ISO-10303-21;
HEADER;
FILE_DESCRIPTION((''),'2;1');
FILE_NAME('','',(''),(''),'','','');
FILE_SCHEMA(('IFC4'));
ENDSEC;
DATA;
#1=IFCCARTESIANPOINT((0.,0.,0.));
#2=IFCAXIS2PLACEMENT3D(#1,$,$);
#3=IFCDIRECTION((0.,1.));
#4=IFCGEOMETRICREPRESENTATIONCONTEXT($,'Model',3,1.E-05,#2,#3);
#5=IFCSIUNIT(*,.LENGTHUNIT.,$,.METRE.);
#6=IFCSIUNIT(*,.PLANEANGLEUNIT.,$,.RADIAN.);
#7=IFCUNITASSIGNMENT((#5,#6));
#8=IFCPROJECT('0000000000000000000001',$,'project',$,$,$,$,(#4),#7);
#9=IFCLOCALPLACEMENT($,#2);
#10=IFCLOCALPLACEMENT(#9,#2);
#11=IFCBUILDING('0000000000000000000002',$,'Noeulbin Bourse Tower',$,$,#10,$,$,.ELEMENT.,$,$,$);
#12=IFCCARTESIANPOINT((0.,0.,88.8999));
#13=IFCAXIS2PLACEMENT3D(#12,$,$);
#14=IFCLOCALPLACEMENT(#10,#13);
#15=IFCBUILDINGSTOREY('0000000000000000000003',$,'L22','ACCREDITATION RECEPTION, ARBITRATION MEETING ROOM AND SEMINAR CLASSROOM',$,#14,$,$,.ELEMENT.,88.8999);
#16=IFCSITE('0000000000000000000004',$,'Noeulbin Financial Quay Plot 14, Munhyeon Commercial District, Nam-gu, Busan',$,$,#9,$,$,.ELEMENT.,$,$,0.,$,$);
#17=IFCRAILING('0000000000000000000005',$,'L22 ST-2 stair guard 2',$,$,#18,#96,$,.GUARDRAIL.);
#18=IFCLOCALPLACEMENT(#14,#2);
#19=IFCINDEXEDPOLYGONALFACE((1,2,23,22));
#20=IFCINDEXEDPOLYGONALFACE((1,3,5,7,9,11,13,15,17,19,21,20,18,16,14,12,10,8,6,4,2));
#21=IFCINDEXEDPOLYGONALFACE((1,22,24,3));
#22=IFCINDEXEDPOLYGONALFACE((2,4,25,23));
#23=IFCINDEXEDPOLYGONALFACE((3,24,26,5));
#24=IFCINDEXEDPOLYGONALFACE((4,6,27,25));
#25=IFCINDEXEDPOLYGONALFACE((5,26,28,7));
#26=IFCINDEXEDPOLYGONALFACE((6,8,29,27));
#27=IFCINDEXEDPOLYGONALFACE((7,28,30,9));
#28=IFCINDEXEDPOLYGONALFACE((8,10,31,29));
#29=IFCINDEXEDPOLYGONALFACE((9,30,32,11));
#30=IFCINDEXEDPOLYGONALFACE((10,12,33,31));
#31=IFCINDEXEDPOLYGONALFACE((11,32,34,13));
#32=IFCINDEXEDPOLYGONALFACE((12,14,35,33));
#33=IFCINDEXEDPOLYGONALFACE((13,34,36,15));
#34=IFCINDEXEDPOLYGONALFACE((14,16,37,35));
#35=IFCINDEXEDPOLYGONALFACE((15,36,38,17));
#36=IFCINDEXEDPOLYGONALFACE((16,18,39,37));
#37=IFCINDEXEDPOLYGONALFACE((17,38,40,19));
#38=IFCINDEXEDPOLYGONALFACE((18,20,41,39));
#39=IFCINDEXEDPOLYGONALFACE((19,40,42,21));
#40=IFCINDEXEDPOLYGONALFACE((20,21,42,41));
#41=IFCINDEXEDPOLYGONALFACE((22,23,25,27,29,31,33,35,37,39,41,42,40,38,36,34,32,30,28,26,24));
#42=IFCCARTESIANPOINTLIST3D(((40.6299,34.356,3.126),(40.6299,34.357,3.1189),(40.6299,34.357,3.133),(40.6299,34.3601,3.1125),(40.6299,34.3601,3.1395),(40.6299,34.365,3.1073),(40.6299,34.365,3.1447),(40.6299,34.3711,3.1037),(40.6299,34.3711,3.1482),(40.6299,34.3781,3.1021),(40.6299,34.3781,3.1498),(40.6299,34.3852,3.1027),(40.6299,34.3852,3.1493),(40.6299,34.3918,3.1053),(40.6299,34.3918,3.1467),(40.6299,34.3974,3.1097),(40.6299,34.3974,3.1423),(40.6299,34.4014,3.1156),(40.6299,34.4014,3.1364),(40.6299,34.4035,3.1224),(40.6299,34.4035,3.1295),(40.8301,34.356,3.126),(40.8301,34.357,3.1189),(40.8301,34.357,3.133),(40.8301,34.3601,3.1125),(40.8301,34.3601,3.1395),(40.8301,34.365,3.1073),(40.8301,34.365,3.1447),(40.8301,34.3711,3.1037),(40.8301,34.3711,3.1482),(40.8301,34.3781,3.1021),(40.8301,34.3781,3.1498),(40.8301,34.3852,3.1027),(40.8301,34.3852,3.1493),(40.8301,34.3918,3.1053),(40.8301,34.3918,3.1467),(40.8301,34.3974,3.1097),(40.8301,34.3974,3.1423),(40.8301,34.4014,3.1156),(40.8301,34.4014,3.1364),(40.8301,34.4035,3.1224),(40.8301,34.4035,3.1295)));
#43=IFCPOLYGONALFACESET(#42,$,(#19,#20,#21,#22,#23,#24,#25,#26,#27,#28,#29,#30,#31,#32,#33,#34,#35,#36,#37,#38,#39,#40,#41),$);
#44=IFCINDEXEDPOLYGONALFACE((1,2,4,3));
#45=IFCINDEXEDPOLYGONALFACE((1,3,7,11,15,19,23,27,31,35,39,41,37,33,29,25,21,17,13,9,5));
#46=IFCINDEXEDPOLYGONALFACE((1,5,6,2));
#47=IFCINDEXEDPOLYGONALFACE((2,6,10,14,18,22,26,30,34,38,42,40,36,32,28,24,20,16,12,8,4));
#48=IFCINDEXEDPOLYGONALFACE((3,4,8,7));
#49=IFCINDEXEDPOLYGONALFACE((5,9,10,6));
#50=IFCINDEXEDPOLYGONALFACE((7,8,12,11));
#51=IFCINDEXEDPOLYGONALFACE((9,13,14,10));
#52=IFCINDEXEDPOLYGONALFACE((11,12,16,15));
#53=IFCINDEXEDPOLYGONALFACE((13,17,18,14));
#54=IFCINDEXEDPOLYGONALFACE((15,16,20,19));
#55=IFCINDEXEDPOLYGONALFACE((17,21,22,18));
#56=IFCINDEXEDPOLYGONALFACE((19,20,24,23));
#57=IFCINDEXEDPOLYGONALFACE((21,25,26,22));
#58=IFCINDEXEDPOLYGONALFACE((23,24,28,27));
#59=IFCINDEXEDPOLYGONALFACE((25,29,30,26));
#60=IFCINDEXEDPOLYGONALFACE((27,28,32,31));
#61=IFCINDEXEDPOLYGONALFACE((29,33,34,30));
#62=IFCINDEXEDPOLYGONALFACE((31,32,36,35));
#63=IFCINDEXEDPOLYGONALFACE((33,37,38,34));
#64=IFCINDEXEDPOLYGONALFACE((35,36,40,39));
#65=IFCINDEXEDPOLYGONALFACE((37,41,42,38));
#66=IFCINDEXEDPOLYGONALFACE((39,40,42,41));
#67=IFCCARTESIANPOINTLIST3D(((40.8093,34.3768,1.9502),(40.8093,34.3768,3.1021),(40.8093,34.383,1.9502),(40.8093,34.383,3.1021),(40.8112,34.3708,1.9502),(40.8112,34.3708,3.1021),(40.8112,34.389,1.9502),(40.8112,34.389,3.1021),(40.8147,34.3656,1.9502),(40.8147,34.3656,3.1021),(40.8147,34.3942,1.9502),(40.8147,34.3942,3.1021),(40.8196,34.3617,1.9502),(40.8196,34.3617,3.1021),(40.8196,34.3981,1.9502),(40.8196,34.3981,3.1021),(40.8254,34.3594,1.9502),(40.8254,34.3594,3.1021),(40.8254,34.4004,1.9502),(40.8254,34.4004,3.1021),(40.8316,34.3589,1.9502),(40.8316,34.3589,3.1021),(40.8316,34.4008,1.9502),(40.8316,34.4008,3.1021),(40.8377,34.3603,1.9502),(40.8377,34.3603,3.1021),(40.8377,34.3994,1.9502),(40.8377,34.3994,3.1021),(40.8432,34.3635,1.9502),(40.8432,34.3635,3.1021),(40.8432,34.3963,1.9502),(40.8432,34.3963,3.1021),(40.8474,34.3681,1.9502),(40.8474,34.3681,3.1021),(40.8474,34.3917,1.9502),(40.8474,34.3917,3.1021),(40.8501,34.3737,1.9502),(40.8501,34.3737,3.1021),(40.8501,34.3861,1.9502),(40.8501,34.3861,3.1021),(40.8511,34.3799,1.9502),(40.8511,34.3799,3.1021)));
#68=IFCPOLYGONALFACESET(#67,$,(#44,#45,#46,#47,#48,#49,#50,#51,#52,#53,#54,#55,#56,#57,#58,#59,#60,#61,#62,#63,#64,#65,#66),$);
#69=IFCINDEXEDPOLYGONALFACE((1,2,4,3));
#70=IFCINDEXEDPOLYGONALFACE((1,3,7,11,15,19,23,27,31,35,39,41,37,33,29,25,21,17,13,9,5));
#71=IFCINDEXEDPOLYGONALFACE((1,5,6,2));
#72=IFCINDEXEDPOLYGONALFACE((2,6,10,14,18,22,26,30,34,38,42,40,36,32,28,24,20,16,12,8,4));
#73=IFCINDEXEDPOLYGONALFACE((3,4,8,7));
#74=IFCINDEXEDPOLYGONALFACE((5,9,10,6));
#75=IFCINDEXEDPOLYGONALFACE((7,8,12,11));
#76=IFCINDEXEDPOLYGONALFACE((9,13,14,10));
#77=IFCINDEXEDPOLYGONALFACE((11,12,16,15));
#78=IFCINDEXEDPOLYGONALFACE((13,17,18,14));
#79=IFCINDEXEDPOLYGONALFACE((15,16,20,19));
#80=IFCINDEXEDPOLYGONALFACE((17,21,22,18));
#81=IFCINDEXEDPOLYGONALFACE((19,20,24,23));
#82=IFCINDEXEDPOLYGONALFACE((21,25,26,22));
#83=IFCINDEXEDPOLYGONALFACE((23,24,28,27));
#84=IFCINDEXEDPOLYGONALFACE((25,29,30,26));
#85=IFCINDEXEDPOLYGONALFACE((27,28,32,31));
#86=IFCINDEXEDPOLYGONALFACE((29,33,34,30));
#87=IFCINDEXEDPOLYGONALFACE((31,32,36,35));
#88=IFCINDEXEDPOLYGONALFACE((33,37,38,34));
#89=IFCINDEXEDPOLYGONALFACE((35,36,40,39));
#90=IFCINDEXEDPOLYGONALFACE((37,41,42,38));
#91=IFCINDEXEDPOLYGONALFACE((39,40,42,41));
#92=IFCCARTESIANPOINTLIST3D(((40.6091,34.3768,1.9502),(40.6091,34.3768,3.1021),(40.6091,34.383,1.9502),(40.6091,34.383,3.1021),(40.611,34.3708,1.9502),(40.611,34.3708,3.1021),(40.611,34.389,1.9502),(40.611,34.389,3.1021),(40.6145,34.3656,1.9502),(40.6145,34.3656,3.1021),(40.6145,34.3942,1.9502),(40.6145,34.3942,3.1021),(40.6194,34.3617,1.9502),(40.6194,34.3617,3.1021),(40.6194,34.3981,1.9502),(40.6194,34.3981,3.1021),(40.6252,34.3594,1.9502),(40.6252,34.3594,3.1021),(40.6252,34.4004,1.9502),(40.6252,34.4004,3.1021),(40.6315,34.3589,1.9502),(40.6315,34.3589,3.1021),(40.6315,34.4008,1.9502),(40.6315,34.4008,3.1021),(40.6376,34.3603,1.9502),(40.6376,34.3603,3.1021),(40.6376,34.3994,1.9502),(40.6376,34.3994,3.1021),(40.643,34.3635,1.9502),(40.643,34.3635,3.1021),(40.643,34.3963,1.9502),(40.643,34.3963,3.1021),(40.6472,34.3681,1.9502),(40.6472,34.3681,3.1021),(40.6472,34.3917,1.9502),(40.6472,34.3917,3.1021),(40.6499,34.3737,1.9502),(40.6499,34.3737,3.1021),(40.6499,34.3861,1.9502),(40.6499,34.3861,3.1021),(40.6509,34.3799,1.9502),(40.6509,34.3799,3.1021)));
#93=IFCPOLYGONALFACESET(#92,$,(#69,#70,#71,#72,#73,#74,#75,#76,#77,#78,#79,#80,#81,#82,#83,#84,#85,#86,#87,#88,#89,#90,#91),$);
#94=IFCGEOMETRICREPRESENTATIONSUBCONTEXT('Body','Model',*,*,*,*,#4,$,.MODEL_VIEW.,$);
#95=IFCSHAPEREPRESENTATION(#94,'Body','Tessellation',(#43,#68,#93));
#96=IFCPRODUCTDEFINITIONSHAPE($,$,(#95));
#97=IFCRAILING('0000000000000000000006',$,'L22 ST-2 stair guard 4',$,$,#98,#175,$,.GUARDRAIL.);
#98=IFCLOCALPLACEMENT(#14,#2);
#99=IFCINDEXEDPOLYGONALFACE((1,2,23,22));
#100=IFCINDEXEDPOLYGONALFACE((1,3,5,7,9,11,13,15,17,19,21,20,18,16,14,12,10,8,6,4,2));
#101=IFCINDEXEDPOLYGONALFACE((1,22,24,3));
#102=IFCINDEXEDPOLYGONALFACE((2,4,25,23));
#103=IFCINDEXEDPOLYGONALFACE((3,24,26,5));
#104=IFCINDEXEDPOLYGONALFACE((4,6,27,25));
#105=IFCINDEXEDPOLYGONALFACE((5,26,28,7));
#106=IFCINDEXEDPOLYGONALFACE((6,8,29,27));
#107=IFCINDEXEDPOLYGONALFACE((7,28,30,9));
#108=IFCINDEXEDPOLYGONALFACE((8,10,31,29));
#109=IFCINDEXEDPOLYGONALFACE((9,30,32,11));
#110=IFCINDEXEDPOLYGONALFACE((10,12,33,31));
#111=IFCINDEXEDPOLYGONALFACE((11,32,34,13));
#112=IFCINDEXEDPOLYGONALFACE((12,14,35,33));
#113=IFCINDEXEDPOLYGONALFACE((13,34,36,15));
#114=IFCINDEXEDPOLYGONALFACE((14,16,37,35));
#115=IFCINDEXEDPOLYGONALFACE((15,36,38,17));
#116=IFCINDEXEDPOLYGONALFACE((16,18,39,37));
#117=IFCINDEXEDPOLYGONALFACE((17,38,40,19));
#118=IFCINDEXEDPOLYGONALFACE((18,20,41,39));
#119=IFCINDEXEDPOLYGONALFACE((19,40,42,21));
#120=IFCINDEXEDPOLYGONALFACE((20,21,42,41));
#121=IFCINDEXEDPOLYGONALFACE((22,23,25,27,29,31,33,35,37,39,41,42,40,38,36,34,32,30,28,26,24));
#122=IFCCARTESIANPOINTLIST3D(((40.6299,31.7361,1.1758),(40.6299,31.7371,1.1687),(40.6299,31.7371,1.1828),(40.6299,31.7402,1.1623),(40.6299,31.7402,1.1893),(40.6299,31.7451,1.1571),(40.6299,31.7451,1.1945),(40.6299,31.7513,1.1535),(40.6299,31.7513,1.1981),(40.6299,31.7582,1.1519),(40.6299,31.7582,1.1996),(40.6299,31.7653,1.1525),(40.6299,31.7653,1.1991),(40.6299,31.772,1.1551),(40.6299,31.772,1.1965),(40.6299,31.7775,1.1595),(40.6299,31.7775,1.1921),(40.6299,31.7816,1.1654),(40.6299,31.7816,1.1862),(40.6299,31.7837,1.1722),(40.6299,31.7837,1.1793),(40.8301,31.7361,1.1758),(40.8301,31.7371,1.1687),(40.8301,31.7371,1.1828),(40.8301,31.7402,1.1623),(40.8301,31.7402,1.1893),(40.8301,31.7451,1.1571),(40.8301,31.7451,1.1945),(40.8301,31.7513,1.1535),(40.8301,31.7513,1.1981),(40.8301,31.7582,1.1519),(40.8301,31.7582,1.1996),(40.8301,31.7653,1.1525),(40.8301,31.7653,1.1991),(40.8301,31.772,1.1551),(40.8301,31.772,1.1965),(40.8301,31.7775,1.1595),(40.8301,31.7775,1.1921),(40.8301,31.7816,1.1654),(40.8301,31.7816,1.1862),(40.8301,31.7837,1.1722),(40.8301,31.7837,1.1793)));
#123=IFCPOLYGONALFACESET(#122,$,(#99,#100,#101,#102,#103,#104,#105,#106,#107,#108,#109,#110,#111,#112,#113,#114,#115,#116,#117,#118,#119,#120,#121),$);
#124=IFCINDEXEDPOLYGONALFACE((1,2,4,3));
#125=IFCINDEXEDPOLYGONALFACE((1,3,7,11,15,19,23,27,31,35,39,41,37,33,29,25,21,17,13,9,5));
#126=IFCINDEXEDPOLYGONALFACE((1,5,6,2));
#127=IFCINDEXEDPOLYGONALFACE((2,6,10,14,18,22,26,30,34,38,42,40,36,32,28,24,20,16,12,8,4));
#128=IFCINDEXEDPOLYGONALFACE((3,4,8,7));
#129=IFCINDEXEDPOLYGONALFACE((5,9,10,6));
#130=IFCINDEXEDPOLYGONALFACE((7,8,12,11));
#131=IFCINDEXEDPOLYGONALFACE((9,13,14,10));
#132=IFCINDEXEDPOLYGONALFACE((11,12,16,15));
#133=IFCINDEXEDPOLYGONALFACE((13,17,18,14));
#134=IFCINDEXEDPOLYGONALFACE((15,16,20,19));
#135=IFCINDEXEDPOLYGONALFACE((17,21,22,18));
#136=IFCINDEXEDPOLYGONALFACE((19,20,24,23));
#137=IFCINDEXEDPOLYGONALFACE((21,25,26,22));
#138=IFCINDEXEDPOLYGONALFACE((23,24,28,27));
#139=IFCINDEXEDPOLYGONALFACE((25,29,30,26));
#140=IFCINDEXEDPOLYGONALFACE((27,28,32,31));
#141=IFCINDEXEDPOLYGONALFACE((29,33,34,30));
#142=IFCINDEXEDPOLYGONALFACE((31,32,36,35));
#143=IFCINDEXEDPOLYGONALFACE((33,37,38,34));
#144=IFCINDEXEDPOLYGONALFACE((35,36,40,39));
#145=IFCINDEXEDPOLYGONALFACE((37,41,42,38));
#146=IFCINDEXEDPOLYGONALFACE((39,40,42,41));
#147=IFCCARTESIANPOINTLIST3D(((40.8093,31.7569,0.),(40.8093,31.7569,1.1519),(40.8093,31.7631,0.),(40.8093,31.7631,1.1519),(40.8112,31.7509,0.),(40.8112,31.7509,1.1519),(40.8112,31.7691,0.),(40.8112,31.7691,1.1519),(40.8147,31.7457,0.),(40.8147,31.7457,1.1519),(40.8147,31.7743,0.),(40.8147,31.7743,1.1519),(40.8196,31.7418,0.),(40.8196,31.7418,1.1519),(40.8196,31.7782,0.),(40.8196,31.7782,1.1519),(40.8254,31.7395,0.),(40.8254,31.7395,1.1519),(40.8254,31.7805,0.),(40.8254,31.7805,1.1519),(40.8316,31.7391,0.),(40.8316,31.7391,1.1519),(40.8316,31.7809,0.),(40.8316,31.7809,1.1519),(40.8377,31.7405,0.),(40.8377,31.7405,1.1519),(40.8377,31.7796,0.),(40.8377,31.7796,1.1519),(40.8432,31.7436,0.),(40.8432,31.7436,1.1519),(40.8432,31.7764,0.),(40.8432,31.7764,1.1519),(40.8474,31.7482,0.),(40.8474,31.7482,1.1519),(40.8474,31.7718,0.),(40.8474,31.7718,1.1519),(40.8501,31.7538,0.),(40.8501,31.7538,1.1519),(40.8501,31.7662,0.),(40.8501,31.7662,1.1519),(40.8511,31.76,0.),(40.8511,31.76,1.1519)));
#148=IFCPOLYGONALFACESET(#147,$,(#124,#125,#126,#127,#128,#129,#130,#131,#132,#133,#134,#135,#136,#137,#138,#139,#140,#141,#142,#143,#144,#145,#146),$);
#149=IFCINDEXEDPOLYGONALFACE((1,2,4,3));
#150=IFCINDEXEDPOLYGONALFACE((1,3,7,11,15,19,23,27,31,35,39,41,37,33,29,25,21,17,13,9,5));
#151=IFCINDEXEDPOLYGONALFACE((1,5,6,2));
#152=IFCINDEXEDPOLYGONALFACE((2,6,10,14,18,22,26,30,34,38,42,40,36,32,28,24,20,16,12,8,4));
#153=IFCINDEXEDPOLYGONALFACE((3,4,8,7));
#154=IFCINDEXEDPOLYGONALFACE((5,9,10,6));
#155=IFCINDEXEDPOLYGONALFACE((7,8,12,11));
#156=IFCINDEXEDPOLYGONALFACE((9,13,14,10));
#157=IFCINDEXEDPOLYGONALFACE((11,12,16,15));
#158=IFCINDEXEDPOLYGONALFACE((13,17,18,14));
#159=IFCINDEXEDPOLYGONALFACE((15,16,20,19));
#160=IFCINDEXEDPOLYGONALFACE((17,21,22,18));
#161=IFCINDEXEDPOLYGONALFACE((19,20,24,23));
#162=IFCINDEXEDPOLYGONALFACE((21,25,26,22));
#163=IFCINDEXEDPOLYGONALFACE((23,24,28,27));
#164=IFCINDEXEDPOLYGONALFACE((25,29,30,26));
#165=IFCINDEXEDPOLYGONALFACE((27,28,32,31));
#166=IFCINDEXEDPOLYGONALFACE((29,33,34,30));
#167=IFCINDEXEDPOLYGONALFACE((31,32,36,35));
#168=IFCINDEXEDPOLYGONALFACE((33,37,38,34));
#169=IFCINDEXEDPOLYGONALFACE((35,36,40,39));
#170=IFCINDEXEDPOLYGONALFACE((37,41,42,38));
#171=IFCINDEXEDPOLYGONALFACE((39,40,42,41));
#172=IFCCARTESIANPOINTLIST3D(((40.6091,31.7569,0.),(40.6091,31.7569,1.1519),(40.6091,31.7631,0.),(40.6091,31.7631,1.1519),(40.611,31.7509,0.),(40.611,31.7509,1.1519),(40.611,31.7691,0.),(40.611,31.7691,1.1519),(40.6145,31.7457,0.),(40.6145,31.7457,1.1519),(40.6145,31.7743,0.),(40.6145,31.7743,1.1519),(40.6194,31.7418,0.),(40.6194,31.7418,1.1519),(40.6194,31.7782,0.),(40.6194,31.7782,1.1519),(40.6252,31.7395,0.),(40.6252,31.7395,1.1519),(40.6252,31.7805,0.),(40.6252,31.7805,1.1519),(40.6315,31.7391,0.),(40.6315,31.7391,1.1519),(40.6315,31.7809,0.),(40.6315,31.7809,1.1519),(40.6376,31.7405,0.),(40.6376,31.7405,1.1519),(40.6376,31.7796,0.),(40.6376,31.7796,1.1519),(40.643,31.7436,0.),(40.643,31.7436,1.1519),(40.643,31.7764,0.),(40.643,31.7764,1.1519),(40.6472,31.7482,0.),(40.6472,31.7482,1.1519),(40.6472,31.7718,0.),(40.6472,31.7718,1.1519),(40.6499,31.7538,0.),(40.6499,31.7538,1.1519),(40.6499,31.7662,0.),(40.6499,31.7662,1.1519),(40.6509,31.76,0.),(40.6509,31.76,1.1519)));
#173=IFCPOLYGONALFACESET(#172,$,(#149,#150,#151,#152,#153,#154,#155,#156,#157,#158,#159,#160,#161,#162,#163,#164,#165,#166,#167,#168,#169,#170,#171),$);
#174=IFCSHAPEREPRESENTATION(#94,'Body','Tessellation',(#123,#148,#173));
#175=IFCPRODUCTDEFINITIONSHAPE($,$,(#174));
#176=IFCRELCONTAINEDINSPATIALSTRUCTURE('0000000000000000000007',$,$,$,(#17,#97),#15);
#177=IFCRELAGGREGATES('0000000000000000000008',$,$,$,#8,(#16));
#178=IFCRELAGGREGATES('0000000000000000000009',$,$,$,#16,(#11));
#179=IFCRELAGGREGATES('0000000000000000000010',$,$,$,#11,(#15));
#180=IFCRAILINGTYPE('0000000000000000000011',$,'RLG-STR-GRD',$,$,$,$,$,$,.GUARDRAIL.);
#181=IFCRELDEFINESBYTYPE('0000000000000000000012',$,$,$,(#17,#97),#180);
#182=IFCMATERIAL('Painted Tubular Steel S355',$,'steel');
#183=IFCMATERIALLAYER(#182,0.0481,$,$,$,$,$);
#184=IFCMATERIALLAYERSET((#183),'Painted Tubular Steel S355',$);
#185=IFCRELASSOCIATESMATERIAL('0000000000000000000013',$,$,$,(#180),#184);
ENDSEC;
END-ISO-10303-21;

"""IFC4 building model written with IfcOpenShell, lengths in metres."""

from ifc_helpers import new_model, si_unit, direction, frame, origin, origin_2d, place, context, subcontext, project, spatial, circle, extrude, material, layer, layer_set, type_object, element, save


model = new_model("IFC4")

# Units and contexts
model_context = context("Model", 3, precision=1e-05, world=origin(), true_north=direction((0.0, 1.0)))
body_context = subcontext(model_context, "Body", "Model", "MODEL_VIEW")
ifc_project = project(units=[si_unit("LENGTHUNIT", "METRE"), si_unit("PLANEANGLEUNIT", "RADIAN")], contexts=[model_context])

# Site, building, storey
site_placement = place(None, origin())
site = spatial("IfcSite", under=ifc_project, at=site_placement, Name="Noeulbin Financial Quay Plot 14, Munhyeon Commercial District, Nam-gu, Busan", CompositionType="ELEMENT", RefElevation=0.0)
building_placement = place(site_placement, origin())
building = spatial("IfcBuilding", under=site, at=building_placement, Name="Noeulbin Bourse Tower", CompositionType="ELEMENT")
storey_placement = place(building_placement, frame((0.0, 0.0, 88.8999)))
storey = spatial("IfcBuildingStorey", under=building, at=storey_placement, Name="L22", Description="ACCREDITATION RECEPTION, ARBITRATION MEETING ROOM AND SEMINAR CLASSROOM", CompositionType="ELEMENT", Elevation=88.8999)

# Railings
ifc_material_1 = material(Name="Painted Tubular Steel S355", Category="steel")
ifc_layer_1 = layer(ifc_material_1, 0.0481)
ifc_layer_set_1 = layer_set([ifc_layer_1], Name="Painted Tubular Steel S355")
railing_type_1 = type_object("IfcRailingType", Name="RLG-STR-GRD", PredefinedType="GUARDRAIL", material=ifc_layer_set_1)
for number, where, name in (
    (1, (40.8301, 34.3799, 1.9502), "L22 ST-2 stair guard 2"),
    (2, (40.8301, 31.76, 0.0), "L22 ST-2 stair guard 4"),
):
    element("IfcRailing", number, at=place(storey_placement, frame(where)), inside=storey, type_object=railing_type_1, Name=name, PredefinedType="GUARDRAIL", context=body_context, shape_type="SweptSolid", body=[
        extrude(circle(Radius=0.0239, at=origin_2d()), frame((0.0, 0.0, 1.1758), z_axis=(-1.0, 0.0, 0.0), x_axis=(0.0, -1.0, 0.0)), (0.0, 0.0, 1.0), 0.2002),
        extrude(circle(Radius=0.021, at=origin_2d()), origin(), (0.0, 0.0, 1.0), 1.1519),
        extrude(circle(Radius=0.021, at=origin_2d()), frame((-0.2002, 0.0, 0.0)), (0.0, 0.0, 1.0), 1.1519),
    ])

save(model, "model.ifc")
